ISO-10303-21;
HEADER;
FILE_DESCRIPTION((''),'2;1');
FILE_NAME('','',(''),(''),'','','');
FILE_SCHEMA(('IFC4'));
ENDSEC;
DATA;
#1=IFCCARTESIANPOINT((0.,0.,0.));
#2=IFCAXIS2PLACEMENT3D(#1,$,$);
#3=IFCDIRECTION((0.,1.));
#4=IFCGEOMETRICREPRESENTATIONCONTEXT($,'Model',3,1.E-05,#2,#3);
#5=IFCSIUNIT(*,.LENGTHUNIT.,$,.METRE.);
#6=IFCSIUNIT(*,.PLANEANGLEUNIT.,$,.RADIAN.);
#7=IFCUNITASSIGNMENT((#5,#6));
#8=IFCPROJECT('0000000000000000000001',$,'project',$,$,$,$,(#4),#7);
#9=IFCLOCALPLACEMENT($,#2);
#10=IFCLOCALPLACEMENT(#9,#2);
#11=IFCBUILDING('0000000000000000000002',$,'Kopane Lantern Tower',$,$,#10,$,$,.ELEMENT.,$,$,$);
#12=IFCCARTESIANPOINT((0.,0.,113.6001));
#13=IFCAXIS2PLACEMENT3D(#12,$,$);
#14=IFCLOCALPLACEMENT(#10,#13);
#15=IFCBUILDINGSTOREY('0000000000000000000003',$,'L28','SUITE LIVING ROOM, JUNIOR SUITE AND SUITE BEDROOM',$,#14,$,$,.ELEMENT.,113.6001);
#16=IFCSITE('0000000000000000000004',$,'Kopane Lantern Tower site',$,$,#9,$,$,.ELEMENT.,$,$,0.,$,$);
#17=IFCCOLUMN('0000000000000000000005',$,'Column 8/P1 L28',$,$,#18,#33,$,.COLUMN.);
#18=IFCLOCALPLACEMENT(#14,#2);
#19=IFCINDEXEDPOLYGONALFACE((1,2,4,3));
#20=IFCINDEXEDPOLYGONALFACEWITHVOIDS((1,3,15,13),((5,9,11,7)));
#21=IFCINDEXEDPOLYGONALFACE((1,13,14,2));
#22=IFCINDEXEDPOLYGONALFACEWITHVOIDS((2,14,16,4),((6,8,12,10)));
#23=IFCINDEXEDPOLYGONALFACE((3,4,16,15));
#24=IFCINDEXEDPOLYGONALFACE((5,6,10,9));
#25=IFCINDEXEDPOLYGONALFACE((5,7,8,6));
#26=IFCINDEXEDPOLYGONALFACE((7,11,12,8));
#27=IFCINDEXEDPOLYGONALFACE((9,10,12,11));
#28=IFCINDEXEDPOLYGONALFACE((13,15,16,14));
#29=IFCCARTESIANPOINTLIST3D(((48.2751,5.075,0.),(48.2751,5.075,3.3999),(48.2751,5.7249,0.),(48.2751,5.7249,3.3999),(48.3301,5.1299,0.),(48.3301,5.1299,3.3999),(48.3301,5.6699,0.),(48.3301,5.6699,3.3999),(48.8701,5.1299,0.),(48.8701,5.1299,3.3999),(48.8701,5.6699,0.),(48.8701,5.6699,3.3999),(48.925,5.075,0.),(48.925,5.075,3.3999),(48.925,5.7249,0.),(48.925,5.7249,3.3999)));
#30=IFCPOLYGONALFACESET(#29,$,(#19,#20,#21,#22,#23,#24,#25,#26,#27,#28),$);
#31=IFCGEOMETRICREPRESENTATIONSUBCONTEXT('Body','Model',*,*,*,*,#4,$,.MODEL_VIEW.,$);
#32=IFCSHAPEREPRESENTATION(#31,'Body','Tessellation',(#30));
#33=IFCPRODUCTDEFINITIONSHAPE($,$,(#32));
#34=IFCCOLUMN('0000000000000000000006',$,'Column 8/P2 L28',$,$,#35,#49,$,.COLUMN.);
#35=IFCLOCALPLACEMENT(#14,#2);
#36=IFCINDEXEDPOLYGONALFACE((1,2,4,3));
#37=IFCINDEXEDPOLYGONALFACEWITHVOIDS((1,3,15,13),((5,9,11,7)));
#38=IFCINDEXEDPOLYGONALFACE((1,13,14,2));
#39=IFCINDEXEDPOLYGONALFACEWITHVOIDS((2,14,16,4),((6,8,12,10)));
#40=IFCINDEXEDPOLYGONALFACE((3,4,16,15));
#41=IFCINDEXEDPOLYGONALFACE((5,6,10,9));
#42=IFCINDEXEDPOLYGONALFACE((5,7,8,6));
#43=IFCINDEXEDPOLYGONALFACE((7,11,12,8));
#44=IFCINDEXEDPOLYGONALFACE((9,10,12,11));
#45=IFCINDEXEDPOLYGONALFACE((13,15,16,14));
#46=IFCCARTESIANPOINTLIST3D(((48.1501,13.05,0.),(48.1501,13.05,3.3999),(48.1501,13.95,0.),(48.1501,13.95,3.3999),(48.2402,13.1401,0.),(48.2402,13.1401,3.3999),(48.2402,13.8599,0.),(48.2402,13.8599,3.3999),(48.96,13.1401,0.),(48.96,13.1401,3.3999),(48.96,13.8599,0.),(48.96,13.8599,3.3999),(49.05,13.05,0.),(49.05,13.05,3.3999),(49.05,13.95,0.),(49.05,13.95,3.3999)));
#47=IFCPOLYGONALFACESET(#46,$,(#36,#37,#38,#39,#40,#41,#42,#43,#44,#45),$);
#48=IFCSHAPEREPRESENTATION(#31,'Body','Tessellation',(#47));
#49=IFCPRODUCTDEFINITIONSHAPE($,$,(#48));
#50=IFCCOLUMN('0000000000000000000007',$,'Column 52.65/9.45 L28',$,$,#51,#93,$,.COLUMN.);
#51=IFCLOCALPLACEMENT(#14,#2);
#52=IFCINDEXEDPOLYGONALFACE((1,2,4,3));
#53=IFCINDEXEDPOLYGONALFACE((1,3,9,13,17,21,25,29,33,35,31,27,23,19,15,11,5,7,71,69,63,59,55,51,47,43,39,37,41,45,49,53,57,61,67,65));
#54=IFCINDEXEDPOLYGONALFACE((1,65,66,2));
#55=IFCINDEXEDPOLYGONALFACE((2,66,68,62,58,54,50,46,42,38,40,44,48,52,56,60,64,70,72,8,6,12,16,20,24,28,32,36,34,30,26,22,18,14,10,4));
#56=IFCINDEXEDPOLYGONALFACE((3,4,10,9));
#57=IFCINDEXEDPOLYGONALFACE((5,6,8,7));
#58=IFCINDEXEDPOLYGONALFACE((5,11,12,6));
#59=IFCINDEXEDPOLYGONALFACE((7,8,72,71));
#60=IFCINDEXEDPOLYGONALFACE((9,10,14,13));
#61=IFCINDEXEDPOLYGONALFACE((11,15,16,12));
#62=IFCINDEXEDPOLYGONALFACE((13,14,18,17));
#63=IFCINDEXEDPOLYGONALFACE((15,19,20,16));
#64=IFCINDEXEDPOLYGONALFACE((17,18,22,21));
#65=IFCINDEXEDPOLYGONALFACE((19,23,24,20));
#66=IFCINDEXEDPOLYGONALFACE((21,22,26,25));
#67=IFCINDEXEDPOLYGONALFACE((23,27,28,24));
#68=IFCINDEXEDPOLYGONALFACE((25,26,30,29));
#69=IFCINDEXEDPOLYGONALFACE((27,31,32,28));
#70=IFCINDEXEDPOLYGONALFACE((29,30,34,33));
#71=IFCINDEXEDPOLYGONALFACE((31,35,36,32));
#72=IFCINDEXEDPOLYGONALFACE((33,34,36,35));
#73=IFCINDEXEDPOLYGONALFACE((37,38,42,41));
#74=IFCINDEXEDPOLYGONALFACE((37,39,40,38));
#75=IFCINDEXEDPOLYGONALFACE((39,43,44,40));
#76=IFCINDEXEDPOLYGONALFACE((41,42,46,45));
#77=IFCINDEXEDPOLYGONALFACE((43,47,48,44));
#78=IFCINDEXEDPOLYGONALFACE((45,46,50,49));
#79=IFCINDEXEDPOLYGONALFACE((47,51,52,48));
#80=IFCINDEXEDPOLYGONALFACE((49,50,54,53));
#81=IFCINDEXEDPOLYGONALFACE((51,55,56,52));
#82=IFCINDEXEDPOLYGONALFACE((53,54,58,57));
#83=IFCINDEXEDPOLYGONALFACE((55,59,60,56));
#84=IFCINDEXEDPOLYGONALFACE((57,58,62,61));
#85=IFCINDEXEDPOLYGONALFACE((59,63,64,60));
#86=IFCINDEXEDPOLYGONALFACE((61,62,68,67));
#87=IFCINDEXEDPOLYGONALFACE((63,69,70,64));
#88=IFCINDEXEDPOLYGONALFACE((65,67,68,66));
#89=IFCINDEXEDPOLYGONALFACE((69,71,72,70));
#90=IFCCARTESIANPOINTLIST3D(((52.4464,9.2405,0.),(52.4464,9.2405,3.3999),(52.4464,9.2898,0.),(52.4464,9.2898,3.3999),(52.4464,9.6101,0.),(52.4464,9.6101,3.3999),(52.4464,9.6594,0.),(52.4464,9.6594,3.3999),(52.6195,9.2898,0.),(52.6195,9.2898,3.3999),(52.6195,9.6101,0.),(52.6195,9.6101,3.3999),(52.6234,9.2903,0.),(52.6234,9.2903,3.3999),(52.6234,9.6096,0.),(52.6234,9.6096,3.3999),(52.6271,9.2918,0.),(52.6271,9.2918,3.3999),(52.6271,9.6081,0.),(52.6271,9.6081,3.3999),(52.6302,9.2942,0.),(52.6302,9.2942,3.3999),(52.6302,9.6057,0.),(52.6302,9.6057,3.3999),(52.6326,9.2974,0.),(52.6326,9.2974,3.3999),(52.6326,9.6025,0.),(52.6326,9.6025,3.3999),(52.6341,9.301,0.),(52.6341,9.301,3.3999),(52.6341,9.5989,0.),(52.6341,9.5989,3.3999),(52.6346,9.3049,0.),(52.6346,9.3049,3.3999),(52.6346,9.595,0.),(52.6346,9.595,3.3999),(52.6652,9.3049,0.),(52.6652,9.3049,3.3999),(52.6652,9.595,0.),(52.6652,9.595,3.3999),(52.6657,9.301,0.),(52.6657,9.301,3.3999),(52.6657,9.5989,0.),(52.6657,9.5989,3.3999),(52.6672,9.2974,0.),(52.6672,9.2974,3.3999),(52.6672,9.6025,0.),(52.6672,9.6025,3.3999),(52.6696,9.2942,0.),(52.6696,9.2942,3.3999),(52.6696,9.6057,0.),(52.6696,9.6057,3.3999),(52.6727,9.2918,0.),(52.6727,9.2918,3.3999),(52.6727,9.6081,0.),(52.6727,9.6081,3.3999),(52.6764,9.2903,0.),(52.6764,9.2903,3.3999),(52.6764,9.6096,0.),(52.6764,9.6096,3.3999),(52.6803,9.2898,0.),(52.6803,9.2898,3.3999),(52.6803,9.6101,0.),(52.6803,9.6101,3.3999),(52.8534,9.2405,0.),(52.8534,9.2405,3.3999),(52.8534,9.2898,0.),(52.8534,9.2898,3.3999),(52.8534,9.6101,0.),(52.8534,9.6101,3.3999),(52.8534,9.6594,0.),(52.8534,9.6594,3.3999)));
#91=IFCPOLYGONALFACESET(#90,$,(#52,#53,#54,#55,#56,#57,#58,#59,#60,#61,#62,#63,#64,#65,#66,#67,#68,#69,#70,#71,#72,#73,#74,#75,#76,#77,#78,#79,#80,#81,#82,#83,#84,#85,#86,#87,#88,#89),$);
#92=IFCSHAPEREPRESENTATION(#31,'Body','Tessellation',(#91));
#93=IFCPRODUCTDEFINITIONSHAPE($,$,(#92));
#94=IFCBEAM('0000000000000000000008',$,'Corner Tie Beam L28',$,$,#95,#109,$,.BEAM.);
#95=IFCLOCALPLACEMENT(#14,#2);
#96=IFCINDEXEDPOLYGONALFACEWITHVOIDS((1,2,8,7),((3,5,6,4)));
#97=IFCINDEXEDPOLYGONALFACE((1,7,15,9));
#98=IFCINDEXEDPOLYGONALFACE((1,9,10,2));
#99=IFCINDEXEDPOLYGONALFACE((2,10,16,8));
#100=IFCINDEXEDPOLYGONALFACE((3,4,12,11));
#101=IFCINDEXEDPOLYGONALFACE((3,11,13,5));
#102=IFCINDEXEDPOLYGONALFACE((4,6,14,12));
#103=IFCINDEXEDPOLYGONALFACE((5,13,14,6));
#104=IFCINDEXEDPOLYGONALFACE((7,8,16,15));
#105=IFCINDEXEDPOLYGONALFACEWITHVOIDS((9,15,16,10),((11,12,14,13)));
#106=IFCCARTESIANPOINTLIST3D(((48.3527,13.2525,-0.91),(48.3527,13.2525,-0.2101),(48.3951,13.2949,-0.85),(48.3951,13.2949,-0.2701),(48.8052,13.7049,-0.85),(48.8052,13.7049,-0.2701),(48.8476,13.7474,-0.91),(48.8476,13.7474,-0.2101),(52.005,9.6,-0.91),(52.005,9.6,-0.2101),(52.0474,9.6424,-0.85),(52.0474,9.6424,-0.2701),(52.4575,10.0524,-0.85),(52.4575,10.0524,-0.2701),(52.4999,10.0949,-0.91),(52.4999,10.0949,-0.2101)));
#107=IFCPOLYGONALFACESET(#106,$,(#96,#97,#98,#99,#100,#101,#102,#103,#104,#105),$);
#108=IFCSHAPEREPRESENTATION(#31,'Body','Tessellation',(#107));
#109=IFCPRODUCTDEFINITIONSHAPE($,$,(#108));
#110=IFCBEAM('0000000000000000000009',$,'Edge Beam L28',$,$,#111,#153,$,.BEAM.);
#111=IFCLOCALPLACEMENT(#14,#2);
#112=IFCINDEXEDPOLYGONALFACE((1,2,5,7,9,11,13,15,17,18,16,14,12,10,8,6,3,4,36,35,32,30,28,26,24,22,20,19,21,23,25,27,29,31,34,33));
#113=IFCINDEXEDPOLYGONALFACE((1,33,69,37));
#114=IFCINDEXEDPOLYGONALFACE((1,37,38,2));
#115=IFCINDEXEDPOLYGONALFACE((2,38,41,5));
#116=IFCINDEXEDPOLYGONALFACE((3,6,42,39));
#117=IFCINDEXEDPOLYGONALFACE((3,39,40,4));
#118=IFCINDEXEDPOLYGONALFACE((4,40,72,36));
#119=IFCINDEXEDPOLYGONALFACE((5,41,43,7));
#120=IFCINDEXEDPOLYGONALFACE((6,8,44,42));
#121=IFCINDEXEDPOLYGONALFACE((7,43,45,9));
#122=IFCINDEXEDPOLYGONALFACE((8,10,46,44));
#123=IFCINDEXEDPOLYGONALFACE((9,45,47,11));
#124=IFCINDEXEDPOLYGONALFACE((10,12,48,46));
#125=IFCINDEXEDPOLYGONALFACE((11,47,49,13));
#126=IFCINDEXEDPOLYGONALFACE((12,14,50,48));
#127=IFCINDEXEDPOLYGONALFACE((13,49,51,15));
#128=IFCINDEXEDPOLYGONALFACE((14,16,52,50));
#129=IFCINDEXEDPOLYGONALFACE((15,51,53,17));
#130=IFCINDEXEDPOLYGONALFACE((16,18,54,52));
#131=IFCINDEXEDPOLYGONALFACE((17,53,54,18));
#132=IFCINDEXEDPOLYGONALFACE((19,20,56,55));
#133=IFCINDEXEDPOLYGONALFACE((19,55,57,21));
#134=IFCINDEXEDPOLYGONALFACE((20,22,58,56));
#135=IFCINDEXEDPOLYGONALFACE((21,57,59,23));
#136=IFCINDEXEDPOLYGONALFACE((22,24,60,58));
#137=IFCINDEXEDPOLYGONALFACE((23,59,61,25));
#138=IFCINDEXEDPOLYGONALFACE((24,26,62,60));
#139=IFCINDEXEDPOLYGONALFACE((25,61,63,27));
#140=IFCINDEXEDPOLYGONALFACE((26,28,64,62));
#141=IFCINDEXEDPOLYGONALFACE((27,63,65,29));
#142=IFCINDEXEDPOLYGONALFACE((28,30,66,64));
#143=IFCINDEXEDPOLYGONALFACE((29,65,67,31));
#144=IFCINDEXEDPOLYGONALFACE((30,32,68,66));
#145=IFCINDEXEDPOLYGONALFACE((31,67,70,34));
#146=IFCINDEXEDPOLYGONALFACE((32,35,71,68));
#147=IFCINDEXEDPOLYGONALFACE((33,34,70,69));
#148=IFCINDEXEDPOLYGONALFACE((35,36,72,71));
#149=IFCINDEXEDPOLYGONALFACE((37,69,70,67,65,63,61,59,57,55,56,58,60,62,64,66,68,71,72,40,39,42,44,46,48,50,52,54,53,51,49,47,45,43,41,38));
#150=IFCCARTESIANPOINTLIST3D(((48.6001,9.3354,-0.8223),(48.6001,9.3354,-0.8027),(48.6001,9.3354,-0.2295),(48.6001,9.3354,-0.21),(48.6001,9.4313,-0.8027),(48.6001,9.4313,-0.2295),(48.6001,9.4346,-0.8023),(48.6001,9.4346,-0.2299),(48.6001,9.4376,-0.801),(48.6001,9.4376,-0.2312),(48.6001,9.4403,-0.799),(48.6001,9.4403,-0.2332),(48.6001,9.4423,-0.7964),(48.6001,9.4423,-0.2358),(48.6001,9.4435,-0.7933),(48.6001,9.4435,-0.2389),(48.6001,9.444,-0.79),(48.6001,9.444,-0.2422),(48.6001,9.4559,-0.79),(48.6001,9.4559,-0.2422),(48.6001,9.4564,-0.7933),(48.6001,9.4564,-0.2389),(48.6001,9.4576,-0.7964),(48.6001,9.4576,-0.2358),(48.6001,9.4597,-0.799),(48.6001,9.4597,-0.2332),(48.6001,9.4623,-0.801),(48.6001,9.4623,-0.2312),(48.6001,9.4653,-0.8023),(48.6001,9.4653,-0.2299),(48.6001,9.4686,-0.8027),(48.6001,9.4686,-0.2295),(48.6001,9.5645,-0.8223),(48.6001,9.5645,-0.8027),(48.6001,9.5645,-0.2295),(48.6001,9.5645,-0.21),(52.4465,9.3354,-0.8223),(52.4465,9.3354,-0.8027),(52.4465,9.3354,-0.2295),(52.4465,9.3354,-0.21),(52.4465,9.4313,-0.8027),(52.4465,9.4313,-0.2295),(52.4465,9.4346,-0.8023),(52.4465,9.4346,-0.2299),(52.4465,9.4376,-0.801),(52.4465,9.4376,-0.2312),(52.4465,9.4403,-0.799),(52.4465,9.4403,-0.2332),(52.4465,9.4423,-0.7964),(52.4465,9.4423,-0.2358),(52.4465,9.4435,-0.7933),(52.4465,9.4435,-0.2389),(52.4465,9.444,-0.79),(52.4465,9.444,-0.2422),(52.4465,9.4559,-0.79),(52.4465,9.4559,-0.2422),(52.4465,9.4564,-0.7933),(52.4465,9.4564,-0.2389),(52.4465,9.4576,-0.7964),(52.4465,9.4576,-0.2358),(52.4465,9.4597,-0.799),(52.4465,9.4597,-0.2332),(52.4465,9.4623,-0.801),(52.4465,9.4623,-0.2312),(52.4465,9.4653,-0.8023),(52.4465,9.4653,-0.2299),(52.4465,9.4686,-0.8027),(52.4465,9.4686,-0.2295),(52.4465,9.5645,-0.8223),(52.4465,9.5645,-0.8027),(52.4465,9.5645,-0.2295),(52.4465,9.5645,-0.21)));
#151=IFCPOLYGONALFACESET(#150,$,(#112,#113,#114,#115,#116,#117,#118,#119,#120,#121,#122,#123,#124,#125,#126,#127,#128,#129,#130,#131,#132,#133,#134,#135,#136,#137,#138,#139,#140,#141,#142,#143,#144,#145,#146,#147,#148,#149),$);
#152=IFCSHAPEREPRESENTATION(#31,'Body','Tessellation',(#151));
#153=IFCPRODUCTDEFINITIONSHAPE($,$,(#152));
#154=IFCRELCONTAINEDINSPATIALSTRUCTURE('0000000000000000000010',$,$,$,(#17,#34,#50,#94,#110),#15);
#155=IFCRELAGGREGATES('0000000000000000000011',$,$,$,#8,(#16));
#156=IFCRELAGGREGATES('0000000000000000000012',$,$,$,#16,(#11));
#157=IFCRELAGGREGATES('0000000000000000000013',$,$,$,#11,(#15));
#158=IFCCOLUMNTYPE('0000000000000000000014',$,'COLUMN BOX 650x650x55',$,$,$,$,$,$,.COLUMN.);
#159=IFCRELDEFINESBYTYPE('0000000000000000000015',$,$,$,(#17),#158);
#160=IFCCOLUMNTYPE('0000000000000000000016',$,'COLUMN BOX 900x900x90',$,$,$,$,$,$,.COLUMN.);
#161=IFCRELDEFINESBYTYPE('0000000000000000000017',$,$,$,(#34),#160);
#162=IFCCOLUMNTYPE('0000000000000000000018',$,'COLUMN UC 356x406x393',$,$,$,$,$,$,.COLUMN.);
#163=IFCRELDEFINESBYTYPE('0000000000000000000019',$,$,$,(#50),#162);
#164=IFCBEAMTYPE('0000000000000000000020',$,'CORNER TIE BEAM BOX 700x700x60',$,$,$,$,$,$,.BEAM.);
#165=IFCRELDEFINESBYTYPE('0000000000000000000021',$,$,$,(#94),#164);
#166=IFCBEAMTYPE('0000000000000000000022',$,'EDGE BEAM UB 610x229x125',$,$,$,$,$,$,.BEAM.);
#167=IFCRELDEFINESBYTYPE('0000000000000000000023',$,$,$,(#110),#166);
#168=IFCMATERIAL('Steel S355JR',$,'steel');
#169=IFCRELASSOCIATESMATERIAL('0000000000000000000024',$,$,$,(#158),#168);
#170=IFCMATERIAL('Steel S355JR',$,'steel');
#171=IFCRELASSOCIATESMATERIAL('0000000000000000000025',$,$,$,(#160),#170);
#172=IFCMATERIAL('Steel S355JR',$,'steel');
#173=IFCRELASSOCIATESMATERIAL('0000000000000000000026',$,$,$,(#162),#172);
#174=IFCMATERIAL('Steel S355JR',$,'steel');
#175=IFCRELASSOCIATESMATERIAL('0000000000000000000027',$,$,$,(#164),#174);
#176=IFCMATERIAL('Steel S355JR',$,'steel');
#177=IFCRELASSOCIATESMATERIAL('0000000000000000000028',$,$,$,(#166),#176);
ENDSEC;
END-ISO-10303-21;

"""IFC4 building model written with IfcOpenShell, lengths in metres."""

from ifc_helpers import new_model, si_unit, direction, frame, origin, origin_2d, place, context, subcontext, project, spatial, hollow_rectangle, i_section, extrude, material, material_profile, profile_set, type_object, element, save


model = new_model("IFC4")

# Units and contexts
model_context = context("Model", 3, precision=1e-05, world=origin(), true_north=direction((0.0, 1.0)))
body_context = subcontext(model_context, "Body", "Model", "MODEL_VIEW")
ifc_project = project(units=[si_unit("LENGTHUNIT", "METRE"), si_unit("PLANEANGLEUNIT", "RADIAN")], contexts=[model_context])

# Site, building, storey
site_placement = place(None, origin())
site = spatial("IfcSite", under=ifc_project, at=site_placement, Name="Kopane Lantern Tower site", CompositionType="ELEMENT", RefElevation=0.0)
building_placement = place(site_placement, origin())
building = spatial("IfcBuilding", under=site, at=building_placement, Name="Kopane Lantern Tower", CompositionType="ELEMENT")
storey_placement = place(building_placement, frame((0.0, 0.0, 113.6001)))
storey = spatial("IfcBuildingStorey", under=building, at=storey_placement, Name="L28", Description="SUITE LIVING ROOM, JUNIOR SUITE AND SUITE BEDROOM", CompositionType="ELEMENT", Elevation=113.6001)

# Columns
ifc_material_1 = material(Name="Steel S355JR", Category="steel")
ifc_material_profile_1 = material_profile(ifc_material_1, hollow_rectangle(XDim=0.6499, YDim=0.6499, WallThickness=0.0549, at=origin_2d()), Name="BOX 650x650x55")
ifc_profile_set_1 = profile_set([ifc_material_profile_1], Name="Steel S355JR")
column_type_1 = type_object("IfcColumnType", Name="COLUMN BOX 650x650x55", PredefinedType="COLUMN", material=ifc_profile_set_1)
column_1_placement = place(storey_placement, frame((48.6001, 5.3999, 0.0), z_axis=(0.0, 0.0, 1.0), x_axis=(1.0, 0.0, 0.0)))
element("IfcColumn", 1, at=column_1_placement, inside=storey, type_object=column_type_1, Name="Column 8/P1 L28", PredefinedType="COLUMN", context=body_context, shape_type="SweptSolid", body=[
    extrude(hollow_rectangle(XDim=0.6499, YDim=0.6499, WallThickness=0.0549, at=origin_2d()), origin(), (0.0, 0.0, 1.0), 3.3999),
])
ifc_material_2 = material(Name="Steel S355JR", Category="steel")
ifc_material_profile_2 = material_profile(ifc_material_2, hollow_rectangle(XDim=0.8999, YDim=0.8999, WallThickness=0.0901, at=origin_2d()), Name="BOX 900x900x90")
ifc_profile_set_2 = profile_set([ifc_material_profile_2], Name="Steel S355JR")
column_type_2 = type_object("IfcColumnType", Name="COLUMN BOX 900x900x90", PredefinedType="COLUMN", material=ifc_profile_set_2)
column_2_placement = place(storey_placement, frame((48.6001, 13.5, 0.0), z_axis=(0.0, 0.0, 1.0), x_axis=(1.0, 0.0, 0.0)))
element("IfcColumn", 2, at=column_2_placement, inside=storey, type_object=column_type_2, Name="Column 8/P2 L28", PredefinedType="COLUMN", context=body_context, shape_type="SweptSolid", body=[
    extrude(hollow_rectangle(XDim=0.8999, YDim=0.8999, WallThickness=0.0901, at=origin_2d()), origin(), (0.0, 0.0, 1.0), 3.3999),
])
ifc_material_3 = material(Name="Steel S355JR", Category="steel")
ifc_material_profile_3 = material_profile(ifc_material_3, i_section(OverallWidth=0.407, OverallDepth=0.4189, WebThickness=0.0305, FlangeThickness=0.0493, FilletRadius=0.0151, at=origin_2d()), Name="UC 356x406x393")
ifc_profile_set_3 = profile_set([ifc_material_profile_3], Name="Steel S355JR")
column_type_3 = type_object("IfcColumnType", Name="COLUMN UC 356x406x393", PredefinedType="COLUMN", material=ifc_profile_set_3)
column_3_placement = place(storey_placement, frame((52.6499, 9.45, 0.0), z_axis=(0.0, 0.0, 1.0), x_axis=(1.0, 0.0, 0.0)))
element("IfcColumn", 3, at=column_3_placement, inside=storey, type_object=column_type_3, Name="Column 52.65/9.45 L28", PredefinedType="COLUMN", context=body_context, shape_type="SweptSolid", body=[
    extrude(i_section(OverallWidth=0.407, OverallDepth=0.4189, WebThickness=0.0305, FlangeThickness=0.0493, FilletRadius=0.0151, at=origin_2d()), origin(), (0.0, 0.0, 1.0), 3.3999),
])

# Beams
ifc_material_4 = material(Name="Steel S355JR", Category="steel")
ifc_material_profile_4 = material_profile(ifc_material_4, hollow_rectangle(XDim=0.7, YDim=0.7, WallThickness=0.0601, at=origin_2d()), Name="BOX 700x700x60")
ifc_profile_set_4 = profile_set([ifc_material_profile_4], Name="Steel S355JR")
beam_type_1 = type_object("IfcBeamType", Name="CORNER TIE BEAM BOX 700x700x60", PredefinedType="BEAM", material=ifc_profile_set_4)
beam_placement = place(storey_placement, frame((52.2524, 9.8474, -0.5601), z_axis=(-0.707083, 0.70713, 0.0), x_axis=(-0.70713, -0.707083, 0.0)))
element("IfcBeam", 4, at=beam_placement, inside=storey, type_object=beam_type_1, Name="Corner Tie Beam L28", PredefinedType="BEAM", context=body_context, shape_type="SweptSolid", body=[
    extrude(hollow_rectangle(XDim=0.7, YDim=0.7, WallThickness=0.0601, at=origin_2d()), origin(), (0.0, 0.0, 1.0), 5.1653),
])
ifc_material_5 = material(Name="Steel S355JR", Category="steel")
ifc_material_profile_5 = material_profile(ifc_material_5, i_section(OverallWidth=0.229, OverallDepth=0.6123, WebThickness=0.012, FlangeThickness=0.0195, FilletRadius=0.0127, at=origin_2d()), Name="UB 610x229x125")
ifc_profile_set_5 = profile_set([ifc_material_profile_5], Name="Steel S355JR")
beam_type_2 = type_object("IfcBeamType", Name="EDGE BEAM UB 610x229x125", PredefinedType="BEAM", material=ifc_profile_set_5)
for number, where, z_axis, x_axis, name in (
    (5, (52.4465, 9.45, -0.5161), (-1.0, 0.0, 0.0), (0.0, -1.0, 0.0), "Edge Beam L28"),
):
    element("IfcBeam", number, at=place(storey_placement, frame(where, z_axis=z_axis, x_axis=x_axis)), inside=storey, type_object=beam_type_2, Name=name, PredefinedType="BEAM", context=body_context, shape_type="SweptSolid", body=[
        extrude(i_section(OverallWidth=0.229, OverallDepth=0.6123, WebThickness=0.012, FlangeThickness=0.0195, FilletRadius=0.0127, at=origin_2d()), origin(), (0.0, 0.0, 1.0), 3.8464),
    ])

save(model, "model.ifc")
